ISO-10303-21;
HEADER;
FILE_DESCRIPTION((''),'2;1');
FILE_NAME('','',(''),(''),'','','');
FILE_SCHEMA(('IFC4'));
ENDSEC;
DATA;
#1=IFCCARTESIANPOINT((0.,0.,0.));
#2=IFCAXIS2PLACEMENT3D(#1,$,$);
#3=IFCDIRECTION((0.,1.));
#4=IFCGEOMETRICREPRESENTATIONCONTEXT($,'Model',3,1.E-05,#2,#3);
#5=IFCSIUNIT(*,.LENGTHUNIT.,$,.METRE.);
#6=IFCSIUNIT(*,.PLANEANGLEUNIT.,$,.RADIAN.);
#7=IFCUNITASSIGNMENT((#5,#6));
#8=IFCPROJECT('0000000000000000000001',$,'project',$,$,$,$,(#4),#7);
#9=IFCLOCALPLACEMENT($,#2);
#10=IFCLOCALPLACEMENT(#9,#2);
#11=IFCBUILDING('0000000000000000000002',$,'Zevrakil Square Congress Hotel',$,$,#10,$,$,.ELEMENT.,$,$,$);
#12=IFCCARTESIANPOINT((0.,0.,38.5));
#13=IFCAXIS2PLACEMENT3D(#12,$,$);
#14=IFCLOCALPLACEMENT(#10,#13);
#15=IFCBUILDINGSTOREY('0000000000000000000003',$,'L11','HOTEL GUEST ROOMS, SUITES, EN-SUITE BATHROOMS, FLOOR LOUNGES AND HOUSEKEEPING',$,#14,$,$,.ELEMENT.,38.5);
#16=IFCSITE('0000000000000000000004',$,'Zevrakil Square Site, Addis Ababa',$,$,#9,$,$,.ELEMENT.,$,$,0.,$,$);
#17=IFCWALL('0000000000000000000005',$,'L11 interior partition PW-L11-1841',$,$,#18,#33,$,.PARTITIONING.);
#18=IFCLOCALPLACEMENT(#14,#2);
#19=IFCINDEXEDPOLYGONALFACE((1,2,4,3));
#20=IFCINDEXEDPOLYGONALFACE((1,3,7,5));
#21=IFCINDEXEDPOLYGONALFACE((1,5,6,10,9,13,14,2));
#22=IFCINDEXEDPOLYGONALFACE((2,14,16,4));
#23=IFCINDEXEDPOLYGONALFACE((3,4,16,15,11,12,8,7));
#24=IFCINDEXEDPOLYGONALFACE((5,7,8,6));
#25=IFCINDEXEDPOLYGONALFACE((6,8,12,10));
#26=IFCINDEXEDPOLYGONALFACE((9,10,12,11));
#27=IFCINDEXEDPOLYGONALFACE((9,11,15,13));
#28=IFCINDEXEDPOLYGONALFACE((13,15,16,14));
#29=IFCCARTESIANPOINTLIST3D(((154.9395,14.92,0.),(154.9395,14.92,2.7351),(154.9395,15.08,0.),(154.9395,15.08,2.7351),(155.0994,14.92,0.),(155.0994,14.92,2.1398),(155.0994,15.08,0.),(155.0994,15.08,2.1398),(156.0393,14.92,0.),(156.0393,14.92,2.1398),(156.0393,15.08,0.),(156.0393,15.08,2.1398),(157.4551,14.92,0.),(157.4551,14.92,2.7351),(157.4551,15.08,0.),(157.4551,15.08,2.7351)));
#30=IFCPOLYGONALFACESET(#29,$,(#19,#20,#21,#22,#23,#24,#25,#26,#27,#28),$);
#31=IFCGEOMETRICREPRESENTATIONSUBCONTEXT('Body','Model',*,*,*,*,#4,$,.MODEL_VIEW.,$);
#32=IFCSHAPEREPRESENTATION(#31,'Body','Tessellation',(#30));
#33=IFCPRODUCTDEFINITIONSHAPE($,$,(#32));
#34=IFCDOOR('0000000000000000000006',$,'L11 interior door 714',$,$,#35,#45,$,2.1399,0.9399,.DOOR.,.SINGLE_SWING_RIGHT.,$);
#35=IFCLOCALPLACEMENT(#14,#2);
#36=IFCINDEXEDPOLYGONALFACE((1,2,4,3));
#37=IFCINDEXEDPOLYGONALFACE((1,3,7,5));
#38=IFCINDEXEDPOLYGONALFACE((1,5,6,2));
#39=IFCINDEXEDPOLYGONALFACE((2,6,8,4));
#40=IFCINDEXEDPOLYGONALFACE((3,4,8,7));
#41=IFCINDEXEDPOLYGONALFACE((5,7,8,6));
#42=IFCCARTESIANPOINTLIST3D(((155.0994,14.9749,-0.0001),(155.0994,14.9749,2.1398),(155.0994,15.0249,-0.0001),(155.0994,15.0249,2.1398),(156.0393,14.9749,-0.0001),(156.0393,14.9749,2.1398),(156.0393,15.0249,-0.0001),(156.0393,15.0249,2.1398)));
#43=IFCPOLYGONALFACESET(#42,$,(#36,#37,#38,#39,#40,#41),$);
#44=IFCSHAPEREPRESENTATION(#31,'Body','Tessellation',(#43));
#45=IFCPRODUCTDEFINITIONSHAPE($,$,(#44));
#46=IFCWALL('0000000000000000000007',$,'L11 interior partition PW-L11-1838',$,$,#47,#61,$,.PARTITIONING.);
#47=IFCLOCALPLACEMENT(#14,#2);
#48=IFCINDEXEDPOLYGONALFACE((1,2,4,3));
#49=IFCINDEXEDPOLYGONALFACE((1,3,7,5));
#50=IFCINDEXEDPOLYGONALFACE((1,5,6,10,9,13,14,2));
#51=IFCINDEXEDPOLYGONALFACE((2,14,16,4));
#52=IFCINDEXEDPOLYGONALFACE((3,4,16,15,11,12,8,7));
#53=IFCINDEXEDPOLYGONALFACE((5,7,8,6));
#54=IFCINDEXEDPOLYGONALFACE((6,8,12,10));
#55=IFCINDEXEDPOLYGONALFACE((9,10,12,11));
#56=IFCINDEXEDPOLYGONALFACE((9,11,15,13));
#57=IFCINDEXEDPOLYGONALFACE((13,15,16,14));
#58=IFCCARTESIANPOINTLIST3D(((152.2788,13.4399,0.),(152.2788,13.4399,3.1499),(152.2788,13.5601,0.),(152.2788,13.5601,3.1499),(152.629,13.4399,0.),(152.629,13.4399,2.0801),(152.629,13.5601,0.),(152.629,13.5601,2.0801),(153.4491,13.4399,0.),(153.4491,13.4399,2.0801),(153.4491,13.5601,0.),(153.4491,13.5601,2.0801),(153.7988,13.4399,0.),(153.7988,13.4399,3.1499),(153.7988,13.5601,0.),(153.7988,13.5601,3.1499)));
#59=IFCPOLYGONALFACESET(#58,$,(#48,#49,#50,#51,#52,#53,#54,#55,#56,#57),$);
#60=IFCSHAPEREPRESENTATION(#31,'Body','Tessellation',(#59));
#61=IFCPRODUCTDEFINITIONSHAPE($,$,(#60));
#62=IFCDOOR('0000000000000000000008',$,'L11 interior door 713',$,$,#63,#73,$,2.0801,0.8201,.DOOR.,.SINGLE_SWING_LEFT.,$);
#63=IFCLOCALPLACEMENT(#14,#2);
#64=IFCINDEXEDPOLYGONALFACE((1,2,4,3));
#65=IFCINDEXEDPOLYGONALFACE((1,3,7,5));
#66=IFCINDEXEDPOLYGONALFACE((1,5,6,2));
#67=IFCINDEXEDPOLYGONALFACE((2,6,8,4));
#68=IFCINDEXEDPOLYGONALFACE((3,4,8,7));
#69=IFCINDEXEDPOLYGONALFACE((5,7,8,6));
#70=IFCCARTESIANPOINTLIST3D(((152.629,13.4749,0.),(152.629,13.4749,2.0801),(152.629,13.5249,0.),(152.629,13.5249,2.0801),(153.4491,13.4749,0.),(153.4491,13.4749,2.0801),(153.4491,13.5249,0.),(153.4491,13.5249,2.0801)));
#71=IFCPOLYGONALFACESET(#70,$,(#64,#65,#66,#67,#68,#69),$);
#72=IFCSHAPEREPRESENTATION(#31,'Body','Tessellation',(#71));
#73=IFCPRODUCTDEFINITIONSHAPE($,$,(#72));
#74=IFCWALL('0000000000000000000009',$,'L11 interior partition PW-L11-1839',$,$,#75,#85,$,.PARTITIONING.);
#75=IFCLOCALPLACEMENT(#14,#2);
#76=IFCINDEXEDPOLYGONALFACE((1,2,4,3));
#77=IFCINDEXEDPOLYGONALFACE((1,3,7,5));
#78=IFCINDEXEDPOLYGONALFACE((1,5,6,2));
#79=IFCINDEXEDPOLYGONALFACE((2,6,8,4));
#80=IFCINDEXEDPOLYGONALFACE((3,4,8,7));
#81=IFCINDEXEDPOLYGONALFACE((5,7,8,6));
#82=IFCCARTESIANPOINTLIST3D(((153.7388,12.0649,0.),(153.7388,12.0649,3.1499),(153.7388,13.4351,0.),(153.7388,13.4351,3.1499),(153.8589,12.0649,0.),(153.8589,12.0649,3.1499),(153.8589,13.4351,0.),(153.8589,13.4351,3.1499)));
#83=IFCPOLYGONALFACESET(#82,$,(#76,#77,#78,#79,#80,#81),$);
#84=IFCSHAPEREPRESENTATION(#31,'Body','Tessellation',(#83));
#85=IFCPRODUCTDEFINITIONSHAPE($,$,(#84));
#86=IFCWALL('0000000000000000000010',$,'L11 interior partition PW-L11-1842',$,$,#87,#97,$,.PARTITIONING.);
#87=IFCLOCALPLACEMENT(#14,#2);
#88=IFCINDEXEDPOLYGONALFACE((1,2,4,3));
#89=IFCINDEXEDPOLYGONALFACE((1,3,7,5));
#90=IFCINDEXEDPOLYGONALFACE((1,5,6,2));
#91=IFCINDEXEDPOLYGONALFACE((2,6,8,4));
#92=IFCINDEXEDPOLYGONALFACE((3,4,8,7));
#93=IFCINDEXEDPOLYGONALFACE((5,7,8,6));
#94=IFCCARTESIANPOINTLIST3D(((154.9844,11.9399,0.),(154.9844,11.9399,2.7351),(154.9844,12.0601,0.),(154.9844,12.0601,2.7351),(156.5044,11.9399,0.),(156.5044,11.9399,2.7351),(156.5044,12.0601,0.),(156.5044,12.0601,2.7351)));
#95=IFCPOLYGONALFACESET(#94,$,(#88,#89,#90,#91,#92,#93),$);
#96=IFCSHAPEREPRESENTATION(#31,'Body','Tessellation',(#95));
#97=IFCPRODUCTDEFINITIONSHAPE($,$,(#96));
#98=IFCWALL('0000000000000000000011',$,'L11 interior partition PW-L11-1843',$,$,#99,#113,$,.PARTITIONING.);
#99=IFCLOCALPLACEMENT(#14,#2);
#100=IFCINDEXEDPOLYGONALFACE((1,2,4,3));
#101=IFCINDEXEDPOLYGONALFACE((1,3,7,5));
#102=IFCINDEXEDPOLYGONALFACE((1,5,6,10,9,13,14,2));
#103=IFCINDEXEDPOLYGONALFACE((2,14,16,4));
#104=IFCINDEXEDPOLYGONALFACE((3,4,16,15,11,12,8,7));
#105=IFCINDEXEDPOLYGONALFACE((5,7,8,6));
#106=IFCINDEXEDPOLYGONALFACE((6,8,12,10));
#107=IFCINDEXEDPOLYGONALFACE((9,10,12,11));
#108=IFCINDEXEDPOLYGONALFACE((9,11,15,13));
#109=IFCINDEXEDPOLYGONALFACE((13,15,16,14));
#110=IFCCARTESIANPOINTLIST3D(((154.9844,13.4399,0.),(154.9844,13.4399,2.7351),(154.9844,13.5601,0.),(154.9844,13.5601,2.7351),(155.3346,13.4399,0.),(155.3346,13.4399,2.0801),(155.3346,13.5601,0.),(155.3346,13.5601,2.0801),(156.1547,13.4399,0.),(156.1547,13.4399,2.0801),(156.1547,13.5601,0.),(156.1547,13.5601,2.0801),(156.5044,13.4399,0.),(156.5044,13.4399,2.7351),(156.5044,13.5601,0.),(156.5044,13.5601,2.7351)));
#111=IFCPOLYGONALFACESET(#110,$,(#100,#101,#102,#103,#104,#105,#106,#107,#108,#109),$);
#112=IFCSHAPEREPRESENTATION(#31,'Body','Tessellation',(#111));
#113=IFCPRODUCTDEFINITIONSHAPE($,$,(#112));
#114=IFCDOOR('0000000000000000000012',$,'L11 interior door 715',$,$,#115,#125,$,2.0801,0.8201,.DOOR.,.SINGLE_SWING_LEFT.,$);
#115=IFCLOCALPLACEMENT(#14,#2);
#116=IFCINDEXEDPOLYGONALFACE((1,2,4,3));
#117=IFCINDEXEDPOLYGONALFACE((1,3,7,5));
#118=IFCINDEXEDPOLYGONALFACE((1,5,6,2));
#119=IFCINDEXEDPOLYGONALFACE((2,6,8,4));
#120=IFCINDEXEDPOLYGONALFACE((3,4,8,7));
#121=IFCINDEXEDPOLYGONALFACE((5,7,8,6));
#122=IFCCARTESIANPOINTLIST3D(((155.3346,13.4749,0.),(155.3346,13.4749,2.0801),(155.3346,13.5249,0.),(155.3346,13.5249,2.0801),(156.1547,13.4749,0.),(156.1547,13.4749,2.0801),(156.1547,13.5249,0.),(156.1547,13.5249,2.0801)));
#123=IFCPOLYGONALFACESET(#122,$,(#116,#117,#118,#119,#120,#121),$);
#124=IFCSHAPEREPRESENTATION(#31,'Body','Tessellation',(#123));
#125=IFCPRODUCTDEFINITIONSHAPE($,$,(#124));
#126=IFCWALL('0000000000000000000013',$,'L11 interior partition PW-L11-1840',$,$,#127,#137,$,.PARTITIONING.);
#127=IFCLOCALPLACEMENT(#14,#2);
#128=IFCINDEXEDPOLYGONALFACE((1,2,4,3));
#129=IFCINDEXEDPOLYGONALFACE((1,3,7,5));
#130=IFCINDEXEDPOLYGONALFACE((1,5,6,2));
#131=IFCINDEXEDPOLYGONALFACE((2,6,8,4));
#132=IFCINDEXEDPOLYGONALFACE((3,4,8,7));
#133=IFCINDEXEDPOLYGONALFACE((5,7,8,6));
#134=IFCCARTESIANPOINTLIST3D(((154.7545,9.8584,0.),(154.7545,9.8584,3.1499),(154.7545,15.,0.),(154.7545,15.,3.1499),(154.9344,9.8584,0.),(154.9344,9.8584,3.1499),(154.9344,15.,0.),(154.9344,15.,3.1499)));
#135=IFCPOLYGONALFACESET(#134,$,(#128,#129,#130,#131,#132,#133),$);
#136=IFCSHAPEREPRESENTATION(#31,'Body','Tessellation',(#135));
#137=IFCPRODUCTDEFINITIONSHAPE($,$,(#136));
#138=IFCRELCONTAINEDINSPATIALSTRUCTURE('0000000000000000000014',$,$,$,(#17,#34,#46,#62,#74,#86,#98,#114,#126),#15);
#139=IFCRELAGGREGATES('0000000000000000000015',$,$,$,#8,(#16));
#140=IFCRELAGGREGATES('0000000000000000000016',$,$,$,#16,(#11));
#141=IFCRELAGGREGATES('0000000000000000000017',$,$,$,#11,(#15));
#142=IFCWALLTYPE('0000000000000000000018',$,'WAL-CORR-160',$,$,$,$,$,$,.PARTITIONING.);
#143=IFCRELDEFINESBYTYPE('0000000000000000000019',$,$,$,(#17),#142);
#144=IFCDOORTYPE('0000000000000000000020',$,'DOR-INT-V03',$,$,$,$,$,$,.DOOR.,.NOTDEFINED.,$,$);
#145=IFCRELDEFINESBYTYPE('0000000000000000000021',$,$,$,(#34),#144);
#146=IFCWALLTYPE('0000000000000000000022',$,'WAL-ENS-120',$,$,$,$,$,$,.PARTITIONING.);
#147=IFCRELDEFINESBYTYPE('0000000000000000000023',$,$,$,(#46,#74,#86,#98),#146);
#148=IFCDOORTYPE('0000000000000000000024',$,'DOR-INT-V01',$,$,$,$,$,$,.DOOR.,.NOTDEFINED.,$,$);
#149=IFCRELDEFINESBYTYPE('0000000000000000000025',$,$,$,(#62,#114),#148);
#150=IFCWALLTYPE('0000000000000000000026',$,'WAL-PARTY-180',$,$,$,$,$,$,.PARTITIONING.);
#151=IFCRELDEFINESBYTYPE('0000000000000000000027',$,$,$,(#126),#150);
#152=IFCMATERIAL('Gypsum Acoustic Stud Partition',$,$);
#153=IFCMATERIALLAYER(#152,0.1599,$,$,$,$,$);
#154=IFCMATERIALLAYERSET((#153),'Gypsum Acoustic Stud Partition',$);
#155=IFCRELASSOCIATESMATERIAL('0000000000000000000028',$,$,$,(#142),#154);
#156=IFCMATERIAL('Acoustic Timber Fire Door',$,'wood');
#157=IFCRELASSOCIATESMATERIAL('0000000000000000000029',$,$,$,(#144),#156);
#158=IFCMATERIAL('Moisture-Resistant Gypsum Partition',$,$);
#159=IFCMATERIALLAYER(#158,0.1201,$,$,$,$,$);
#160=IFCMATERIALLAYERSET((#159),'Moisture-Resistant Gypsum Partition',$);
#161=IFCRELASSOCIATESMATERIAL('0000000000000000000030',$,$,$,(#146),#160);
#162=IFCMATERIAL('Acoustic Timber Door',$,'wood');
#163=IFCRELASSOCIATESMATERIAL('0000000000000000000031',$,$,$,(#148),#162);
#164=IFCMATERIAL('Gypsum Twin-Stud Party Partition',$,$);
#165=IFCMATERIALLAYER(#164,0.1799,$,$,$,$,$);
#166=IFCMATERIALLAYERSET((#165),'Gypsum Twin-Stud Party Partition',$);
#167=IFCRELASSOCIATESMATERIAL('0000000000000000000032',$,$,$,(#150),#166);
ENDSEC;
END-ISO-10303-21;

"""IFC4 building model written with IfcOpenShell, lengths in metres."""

from ifc_helpers import new_model, si_unit, direction, frame, frame_2d, origin, place, context, subcontext, project, spatial, rectangle, extrude, material, layer, layer_set, type_object, element, fill, save


model = new_model("IFC4")

# Units and contexts
model_context = context("Model", 3, precision=1e-05, world=origin(), true_north=direction((0.0, 1.0)))
body_context = subcontext(model_context, "Body", "Model", "MODEL_VIEW")
ifc_project = project(units=[si_unit("LENGTHUNIT", "METRE"), si_unit("PLANEANGLEUNIT", "RADIAN")], contexts=[model_context])

# Site, building, storey
site_placement = place(None, origin())
site = spatial("IfcSite", under=ifc_project, at=site_placement, Name="Zevrakil Square Site, Addis Ababa", CompositionType="ELEMENT", RefElevation=0.0)
building_placement = place(site_placement, origin())
building = spatial("IfcBuilding", under=site, at=building_placement, Name="Zevrakil Square Congress Hotel", CompositionType="ELEMENT")
storey_placement = place(building_placement, frame((0.0, 0.0, 38.5)))
storey = spatial("IfcBuildingStorey", under=building, at=storey_placement, Name="L11", Description="HOTEL GUEST ROOMS, SUITES, EN-SUITE BATHROOMS, FLOOR LOUNGES AND HOUSEKEEPING", CompositionType="ELEMENT", Elevation=38.5)

# Walls, openings, doors
ifc_material_1 = material(Name="Gypsum Acoustic Stud Partition")
ifc_layer_1 = layer(ifc_material_1, 0.1599)
ifc_layer_set_1 = layer_set([ifc_layer_1], Name="Gypsum Acoustic Stud Partition")
wall_type_1 = type_object("IfcWallType", Name="WAL-CORR-160", PredefinedType="PARTITIONING", material=ifc_layer_set_1)
wall_1_placement = place(storey_placement, frame((154.9395, 15.0, 0.0), z_axis=(0.0, 0.0, 1.0), x_axis=(1.0, 0.0, 0.0)))
wall_1 = element("IfcWall", 1, at=wall_1_placement, inside=storey, type_object=wall_type_1, Name="L11 interior partition PW-L11-1841", PredefinedType="PARTITIONING", context=body_context, shape_type="SweptSolid", body=[
    extrude(rectangle(XDim=2.5156, YDim=0.1599, at=frame_2d((1.2578, 0.0))), origin(), (0.0, 0.0, 1.0), 2.7351),
])
opening_1_placement = place(wall_1_placement, frame((0.1599, 0.0, 0.0)))
opening_1 = element("IfcOpeningElement", 2, at=opening_1_placement, cuts=wall_1, PredefinedType="OPENING", context=body_context, shape_type="SweptSolid", body=[
    extrude(rectangle(XDim=0.9399, YDim=2.1399, at=frame_2d((0.47, 1.0698))), frame((0.0, 0.0898, 0.0), z_axis=(0.0, -1.0, 0.0), x_axis=(1.0, 0.0, 0.0)), (0.0, 0.0, 1.0), 0.1799),
])
ifc_material_2 = material(Name="Acoustic Timber Fire Door", Category="wood")
door_type_1 = type_object("IfcDoorType", Name="DOR-INT-V03", OperationType="NOTDEFINED", PredefinedType="DOOR", material=ifc_material_2)
door_1_placement = place(opening_1_placement, origin())
door_1 = element("IfcDoor", 3, at=door_1_placement, inside=storey, type_object=door_type_1, Name="L11 interior door 714", OperationType="SINGLE_SWING_RIGHT", OverallHeight=2.1399, OverallWidth=0.9399, PredefinedType="DOOR", context=body_context, shape_type="SweptSolid", body=[
    extrude(rectangle(XDim=0.9399, YDim=2.1399, at=frame_2d((0.47, 1.0698))), frame((0.0, 0.0249, 0.0), z_axis=(0.0, -1.0, 0.0), x_axis=(1.0, 0.0, 0.0)), (0.0, 0.0, 1.0), 0.05),
])
fill(opening_1, door_1)
ifc_material_3 = material(Name="Moisture-Resistant Gypsum Partition")
ifc_layer_2 = layer(ifc_material_3, 0.1201)
ifc_layer_set_2 = layer_set([ifc_layer_2], Name="Moisture-Resistant Gypsum Partition")
wall_type_2 = type_object("IfcWallType", Name="WAL-ENS-120", PredefinedType="PARTITIONING", material=ifc_layer_set_2)
wall_2_placement = place(storey_placement, frame((152.2788, 13.5, 0.0), z_axis=(0.0, 0.0, 1.0), x_axis=(1.0, 0.0, 0.0)))
wall_2 = element("IfcWall", 4, at=wall_2_placement, inside=storey, type_object=wall_type_2, Name="L11 interior partition PW-L11-1838", PredefinedType="PARTITIONING", context=body_context, shape_type="SweptSolid", body=[
    extrude(rectangle(XDim=1.52, YDim=0.1201, at=frame_2d((0.76, 0.0))), origin(), (0.0, 0.0, 1.0), 3.1499),
])
opening_2_placement = place(wall_2_placement, frame((0.3501, 0.0, 0.0)))
opening_2 = element("IfcOpeningElement", 5, at=opening_2_placement, cuts=wall_2, PredefinedType="OPENING", context=body_context, shape_type="SweptSolid", body=[
    extrude(rectangle(XDim=0.8201, YDim=2.0801, at=frame_2d((0.4102, 1.04))), frame((0.0, 0.0701, 0.0), z_axis=(0.0, -1.0, 0.0), x_axis=(1.0, 0.0, 0.0)), (0.0, 0.0, 1.0), 0.1401),
])
ifc_material_4 = material(Name="Acoustic Timber Door", Category="wood")
door_type_2 = type_object("IfcDoorType", Name="DOR-INT-V01", OperationType="NOTDEFINED", PredefinedType="DOOR", material=ifc_material_4)
door_2_placement = place(opening_2_placement, origin())
door_2 = element("IfcDoor", 6, at=door_2_placement, inside=storey, type_object=door_type_2, Name="L11 interior door 713", OperationType="SINGLE_SWING_LEFT", OverallHeight=2.0801, OverallWidth=0.8201, PredefinedType="DOOR", context=body_context, shape_type="SweptSolid", body=[
    extrude(rectangle(XDim=0.8201, YDim=2.0801, at=frame_2d((0.4102, 1.04))), frame((0.0, 0.0249, 0.0), z_axis=(0.0, -1.0, 0.0), x_axis=(1.0, 0.0, 0.0)), (0.0, 0.0, 1.0), 0.05),
])
fill(opening_2, door_2)

# Walls
wall_3_placement = place(storey_placement, frame((153.7988, 12.0649, 0.0), z_axis=(0.0, 0.0, 1.0), x_axis=(0.0, 1.0, 0.0)))
element("IfcWall", 7, at=wall_3_placement, inside=storey, type_object=wall_type_2, Name="L11 interior partition PW-L11-1839", PredefinedType="PARTITIONING", context=body_context, shape_type="SweptSolid", body=[
    extrude(rectangle(XDim=1.3701, YDim=0.1201, at=frame_2d((0.6851, 0.0))), origin(), (0.0, 0.0, 1.0), 3.1499),
])
wall_4_placement = place(storey_placement, frame((154.9844, 12.0, 0.0), z_axis=(0.0, 0.0, 1.0), x_axis=(1.0, 0.0, 0.0)))
element("IfcWall", 8, at=wall_4_placement, inside=storey, type_object=wall_type_2, Name="L11 interior partition PW-L11-1842", PredefinedType="PARTITIONING", context=body_context, shape_type="SweptSolid", body=[
    extrude(rectangle(XDim=1.52, YDim=0.1201, at=frame_2d((0.76, 0.0))), origin(), (0.0, 0.0, 1.0), 2.7351),
])

# Wall, opening, door
wall_5_placement = place(storey_placement, frame((154.9844, 13.5, 0.0), z_axis=(0.0, 0.0, 1.0), x_axis=(1.0, 0.0, 0.0)))
wall_5 = element("IfcWall", 9, at=wall_5_placement, inside=storey, type_object=wall_type_2, Name="L11 interior partition PW-L11-1843", PredefinedType="PARTITIONING", context=body_context, shape_type="SweptSolid", body=[
    extrude(rectangle(XDim=1.52, YDim=0.1201, at=frame_2d((0.76, 0.0))), origin(), (0.0, 0.0, 1.0), 2.7351),
])
opening_3_placement = place(wall_5_placement, frame((0.3501, 0.0, 0.0)))
opening_3 = element("IfcOpeningElement", 10, at=opening_3_placement, cuts=wall_5, PredefinedType="OPENING", context=body_context, shape_type="SweptSolid", body=[
    extrude(rectangle(XDim=0.8201, YDim=2.0801, at=frame_2d((0.4102, 1.04))), frame((0.0, 0.0701, 0.0), z_axis=(0.0, -1.0, 0.0), x_axis=(1.0, 0.0, 0.0)), (0.0, 0.0, 1.0), 0.1401),
])
door_3_placement = place(opening_3_placement, origin())
door_3 = element("IfcDoor", 11, at=door_3_placement, inside=storey, type_object=door_type_2, Name="L11 interior door 715", OperationType="SINGLE_SWING_LEFT", OverallHeight=2.0801, OverallWidth=0.8201, PredefinedType="DOOR", context=body_context, shape_type="SweptSolid", body=[
    extrude(rectangle(XDim=0.8201, YDim=2.0801, at=frame_2d((0.4102, 1.04))), frame((0.0, 0.0249, 0.0), z_axis=(0.0, -1.0, 0.0), x_axis=(1.0, 0.0, 0.0)), (0.0, 0.0, 1.0), 0.05),
])
fill(opening_3, door_3)

# Wall
ifc_material_5 = material(Name="Gypsum Twin-Stud Party Partition")
ifc_layer_3 = layer(ifc_material_5, 0.1799)
ifc_layer_set_3 = layer_set([ifc_layer_3], Name="Gypsum Twin-Stud Party Partition")
wall_type_3 = type_object("IfcWallType", Name="WAL-PARTY-180", PredefinedType="PARTITIONING", material=ifc_layer_set_3)
wall_6_placement = place(storey_placement, frame((154.8445, 9.8584, 0.0), z_axis=(0.0, 0.0, 1.0), x_axis=(0.0, 1.0, 0.0)))
element("IfcWall", 12, at=wall_6_placement, inside=storey, type_object=wall_type_3, Name="L11 interior partition PW-L11-1840", PredefinedType="PARTITIONING", context=body_context, shape_type="SweptSolid", body=[
    extrude(rectangle(XDim=5.1416, YDim=0.1799, at=frame_2d((2.5708, 0.0))), origin(), (0.0, 0.0, 1.0), 3.1499),
])

save(model, "model.ifc")
